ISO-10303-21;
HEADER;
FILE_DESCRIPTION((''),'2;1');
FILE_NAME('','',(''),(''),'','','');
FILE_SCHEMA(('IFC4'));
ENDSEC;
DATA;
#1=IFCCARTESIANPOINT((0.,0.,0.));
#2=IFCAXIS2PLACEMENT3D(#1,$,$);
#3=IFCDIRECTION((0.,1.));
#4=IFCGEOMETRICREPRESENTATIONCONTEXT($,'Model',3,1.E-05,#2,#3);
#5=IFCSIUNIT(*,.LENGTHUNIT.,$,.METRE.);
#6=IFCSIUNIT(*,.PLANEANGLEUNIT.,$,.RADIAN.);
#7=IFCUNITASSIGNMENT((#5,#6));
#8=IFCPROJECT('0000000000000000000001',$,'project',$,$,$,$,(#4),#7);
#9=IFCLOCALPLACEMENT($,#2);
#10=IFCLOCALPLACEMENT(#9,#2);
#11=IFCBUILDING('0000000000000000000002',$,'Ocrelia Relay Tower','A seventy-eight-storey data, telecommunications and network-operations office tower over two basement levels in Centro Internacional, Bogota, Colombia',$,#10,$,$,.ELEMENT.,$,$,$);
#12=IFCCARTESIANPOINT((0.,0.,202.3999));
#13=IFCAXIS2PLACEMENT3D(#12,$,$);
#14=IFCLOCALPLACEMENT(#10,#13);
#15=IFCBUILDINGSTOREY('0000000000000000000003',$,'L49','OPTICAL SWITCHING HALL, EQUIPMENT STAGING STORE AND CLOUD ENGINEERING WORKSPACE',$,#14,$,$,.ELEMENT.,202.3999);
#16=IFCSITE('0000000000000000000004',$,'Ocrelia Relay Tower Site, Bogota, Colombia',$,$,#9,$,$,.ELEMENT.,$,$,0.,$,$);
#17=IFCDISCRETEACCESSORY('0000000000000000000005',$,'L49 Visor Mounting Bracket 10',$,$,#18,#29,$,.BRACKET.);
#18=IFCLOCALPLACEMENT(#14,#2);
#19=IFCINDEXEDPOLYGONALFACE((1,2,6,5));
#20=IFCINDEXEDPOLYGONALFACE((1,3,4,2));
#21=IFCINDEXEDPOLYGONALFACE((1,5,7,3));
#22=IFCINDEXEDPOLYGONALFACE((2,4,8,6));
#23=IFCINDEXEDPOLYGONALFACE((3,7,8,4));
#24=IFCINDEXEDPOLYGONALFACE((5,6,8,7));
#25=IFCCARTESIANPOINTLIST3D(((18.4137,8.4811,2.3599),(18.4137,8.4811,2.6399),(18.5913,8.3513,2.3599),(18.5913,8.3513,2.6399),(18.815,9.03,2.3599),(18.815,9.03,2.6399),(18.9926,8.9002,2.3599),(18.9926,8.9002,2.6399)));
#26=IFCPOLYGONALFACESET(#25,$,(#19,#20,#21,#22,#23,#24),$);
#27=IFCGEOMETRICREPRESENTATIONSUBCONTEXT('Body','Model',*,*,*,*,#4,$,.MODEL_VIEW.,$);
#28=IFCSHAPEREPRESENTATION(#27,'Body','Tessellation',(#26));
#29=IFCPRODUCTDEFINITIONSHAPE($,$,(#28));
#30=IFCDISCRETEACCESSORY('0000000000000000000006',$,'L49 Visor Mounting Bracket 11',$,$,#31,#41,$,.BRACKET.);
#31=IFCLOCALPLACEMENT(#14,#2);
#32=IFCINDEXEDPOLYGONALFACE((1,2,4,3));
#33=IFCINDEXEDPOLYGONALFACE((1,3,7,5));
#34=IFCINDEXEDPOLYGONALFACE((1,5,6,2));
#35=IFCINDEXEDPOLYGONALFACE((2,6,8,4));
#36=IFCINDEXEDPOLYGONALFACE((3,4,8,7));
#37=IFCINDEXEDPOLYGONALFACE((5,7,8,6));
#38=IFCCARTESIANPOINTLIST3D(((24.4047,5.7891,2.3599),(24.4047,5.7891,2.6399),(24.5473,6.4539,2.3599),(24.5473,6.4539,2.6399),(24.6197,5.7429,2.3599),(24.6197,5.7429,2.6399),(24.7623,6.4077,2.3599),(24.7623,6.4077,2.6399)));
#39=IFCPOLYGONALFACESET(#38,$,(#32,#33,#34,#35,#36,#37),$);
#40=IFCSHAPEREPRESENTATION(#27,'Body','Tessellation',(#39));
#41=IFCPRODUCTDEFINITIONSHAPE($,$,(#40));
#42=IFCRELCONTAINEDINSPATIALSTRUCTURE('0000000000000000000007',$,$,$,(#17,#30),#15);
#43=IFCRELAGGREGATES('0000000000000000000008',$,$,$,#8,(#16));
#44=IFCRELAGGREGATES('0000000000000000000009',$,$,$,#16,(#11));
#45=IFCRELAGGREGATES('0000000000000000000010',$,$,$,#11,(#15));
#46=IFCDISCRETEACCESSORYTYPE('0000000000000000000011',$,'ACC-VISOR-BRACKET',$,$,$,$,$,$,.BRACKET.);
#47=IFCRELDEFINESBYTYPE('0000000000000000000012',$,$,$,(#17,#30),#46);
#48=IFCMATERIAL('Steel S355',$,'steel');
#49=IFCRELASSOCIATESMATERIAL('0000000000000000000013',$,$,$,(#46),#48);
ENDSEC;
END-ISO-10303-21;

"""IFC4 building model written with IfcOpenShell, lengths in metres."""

from ifc_helpers import new_model, si_unit, direction, frame, origin, origin_2d, place, context, subcontext, project, spatial, rectangle, extrude, material, type_object, element, save


model = new_model("IFC4")

# Units and contexts
model_context = context("Model", 3, precision=1e-05, world=origin(), true_north=direction((0.0, 1.0)))
body_context = subcontext(model_context, "Body", "Model", "MODEL_VIEW")
ifc_project = project(units=[si_unit("LENGTHUNIT", "METRE"), si_unit("PLANEANGLEUNIT", "RADIAN")], contexts=[model_context])

# Site, building, storey
site_placement = place(None, origin())
site = spatial("IfcSite", under=ifc_project, at=site_placement, Name="Ocrelia Relay Tower Site, Bogota, Colombia", CompositionType="ELEMENT", RefElevation=0.0)
building_placement = place(site_placement, origin())
building = spatial("IfcBuilding", under=site, at=building_placement, Name="Ocrelia Relay Tower", Description="A seventy-eight-storey data, telecommunications and network-operations office tower over two basement levels in Centro Internacional, Bogota, Colombia", CompositionType="ELEMENT")
storey_placement = place(building_placement, frame((0.0, 0.0, 202.3999)))
storey = spatial("IfcBuildingStorey", under=building, at=storey_placement, Name="L49", Description="OPTICAL SWITCHING HALL, EQUIPMENT STAGING STORE AND CLOUD ENGINEERING WORKSPACE", CompositionType="ELEMENT", Elevation=202.3999)

# Shared definitions
ifc_material_1 = material(Name="Steel S355", Category="steel")

# Discrete accessories
discrete_accessory_type = type_object("IfcDiscreteAccessoryType", Name="ACC-VISOR-BRACKET", PredefinedType="BRACKET", material=ifc_material_1)
for number, where, z_axis, x_axis, name in (
    (1, (18.7031, 8.6907, 2.3599), (0.0, 0.0, 1.0), (0.807271, -0.590181, 0.0), "L49 Visor Mounting Bracket 10"),
    (2, (24.5835, 6.0984, 2.3599), (0.0, 0.0, 1.0), (0.97776, -0.209726, 0.0), "L49 Visor Mounting Bracket 11"),
):
    element("IfcDiscreteAccessory", number, at=place(storey_placement, frame(where, z_axis=z_axis, x_axis=x_axis)), inside=storey, type_object=discrete_accessory_type, Name=name, PredefinedType="BRACKET", context=body_context, shape_type="SweptSolid", body=[
        extrude(rectangle(XDim=0.22, YDim=0.6799, at=origin_2d()), origin(), (0.0, 0.0, 1.0), 0.28),
    ])

save(model, "model.ifc")
